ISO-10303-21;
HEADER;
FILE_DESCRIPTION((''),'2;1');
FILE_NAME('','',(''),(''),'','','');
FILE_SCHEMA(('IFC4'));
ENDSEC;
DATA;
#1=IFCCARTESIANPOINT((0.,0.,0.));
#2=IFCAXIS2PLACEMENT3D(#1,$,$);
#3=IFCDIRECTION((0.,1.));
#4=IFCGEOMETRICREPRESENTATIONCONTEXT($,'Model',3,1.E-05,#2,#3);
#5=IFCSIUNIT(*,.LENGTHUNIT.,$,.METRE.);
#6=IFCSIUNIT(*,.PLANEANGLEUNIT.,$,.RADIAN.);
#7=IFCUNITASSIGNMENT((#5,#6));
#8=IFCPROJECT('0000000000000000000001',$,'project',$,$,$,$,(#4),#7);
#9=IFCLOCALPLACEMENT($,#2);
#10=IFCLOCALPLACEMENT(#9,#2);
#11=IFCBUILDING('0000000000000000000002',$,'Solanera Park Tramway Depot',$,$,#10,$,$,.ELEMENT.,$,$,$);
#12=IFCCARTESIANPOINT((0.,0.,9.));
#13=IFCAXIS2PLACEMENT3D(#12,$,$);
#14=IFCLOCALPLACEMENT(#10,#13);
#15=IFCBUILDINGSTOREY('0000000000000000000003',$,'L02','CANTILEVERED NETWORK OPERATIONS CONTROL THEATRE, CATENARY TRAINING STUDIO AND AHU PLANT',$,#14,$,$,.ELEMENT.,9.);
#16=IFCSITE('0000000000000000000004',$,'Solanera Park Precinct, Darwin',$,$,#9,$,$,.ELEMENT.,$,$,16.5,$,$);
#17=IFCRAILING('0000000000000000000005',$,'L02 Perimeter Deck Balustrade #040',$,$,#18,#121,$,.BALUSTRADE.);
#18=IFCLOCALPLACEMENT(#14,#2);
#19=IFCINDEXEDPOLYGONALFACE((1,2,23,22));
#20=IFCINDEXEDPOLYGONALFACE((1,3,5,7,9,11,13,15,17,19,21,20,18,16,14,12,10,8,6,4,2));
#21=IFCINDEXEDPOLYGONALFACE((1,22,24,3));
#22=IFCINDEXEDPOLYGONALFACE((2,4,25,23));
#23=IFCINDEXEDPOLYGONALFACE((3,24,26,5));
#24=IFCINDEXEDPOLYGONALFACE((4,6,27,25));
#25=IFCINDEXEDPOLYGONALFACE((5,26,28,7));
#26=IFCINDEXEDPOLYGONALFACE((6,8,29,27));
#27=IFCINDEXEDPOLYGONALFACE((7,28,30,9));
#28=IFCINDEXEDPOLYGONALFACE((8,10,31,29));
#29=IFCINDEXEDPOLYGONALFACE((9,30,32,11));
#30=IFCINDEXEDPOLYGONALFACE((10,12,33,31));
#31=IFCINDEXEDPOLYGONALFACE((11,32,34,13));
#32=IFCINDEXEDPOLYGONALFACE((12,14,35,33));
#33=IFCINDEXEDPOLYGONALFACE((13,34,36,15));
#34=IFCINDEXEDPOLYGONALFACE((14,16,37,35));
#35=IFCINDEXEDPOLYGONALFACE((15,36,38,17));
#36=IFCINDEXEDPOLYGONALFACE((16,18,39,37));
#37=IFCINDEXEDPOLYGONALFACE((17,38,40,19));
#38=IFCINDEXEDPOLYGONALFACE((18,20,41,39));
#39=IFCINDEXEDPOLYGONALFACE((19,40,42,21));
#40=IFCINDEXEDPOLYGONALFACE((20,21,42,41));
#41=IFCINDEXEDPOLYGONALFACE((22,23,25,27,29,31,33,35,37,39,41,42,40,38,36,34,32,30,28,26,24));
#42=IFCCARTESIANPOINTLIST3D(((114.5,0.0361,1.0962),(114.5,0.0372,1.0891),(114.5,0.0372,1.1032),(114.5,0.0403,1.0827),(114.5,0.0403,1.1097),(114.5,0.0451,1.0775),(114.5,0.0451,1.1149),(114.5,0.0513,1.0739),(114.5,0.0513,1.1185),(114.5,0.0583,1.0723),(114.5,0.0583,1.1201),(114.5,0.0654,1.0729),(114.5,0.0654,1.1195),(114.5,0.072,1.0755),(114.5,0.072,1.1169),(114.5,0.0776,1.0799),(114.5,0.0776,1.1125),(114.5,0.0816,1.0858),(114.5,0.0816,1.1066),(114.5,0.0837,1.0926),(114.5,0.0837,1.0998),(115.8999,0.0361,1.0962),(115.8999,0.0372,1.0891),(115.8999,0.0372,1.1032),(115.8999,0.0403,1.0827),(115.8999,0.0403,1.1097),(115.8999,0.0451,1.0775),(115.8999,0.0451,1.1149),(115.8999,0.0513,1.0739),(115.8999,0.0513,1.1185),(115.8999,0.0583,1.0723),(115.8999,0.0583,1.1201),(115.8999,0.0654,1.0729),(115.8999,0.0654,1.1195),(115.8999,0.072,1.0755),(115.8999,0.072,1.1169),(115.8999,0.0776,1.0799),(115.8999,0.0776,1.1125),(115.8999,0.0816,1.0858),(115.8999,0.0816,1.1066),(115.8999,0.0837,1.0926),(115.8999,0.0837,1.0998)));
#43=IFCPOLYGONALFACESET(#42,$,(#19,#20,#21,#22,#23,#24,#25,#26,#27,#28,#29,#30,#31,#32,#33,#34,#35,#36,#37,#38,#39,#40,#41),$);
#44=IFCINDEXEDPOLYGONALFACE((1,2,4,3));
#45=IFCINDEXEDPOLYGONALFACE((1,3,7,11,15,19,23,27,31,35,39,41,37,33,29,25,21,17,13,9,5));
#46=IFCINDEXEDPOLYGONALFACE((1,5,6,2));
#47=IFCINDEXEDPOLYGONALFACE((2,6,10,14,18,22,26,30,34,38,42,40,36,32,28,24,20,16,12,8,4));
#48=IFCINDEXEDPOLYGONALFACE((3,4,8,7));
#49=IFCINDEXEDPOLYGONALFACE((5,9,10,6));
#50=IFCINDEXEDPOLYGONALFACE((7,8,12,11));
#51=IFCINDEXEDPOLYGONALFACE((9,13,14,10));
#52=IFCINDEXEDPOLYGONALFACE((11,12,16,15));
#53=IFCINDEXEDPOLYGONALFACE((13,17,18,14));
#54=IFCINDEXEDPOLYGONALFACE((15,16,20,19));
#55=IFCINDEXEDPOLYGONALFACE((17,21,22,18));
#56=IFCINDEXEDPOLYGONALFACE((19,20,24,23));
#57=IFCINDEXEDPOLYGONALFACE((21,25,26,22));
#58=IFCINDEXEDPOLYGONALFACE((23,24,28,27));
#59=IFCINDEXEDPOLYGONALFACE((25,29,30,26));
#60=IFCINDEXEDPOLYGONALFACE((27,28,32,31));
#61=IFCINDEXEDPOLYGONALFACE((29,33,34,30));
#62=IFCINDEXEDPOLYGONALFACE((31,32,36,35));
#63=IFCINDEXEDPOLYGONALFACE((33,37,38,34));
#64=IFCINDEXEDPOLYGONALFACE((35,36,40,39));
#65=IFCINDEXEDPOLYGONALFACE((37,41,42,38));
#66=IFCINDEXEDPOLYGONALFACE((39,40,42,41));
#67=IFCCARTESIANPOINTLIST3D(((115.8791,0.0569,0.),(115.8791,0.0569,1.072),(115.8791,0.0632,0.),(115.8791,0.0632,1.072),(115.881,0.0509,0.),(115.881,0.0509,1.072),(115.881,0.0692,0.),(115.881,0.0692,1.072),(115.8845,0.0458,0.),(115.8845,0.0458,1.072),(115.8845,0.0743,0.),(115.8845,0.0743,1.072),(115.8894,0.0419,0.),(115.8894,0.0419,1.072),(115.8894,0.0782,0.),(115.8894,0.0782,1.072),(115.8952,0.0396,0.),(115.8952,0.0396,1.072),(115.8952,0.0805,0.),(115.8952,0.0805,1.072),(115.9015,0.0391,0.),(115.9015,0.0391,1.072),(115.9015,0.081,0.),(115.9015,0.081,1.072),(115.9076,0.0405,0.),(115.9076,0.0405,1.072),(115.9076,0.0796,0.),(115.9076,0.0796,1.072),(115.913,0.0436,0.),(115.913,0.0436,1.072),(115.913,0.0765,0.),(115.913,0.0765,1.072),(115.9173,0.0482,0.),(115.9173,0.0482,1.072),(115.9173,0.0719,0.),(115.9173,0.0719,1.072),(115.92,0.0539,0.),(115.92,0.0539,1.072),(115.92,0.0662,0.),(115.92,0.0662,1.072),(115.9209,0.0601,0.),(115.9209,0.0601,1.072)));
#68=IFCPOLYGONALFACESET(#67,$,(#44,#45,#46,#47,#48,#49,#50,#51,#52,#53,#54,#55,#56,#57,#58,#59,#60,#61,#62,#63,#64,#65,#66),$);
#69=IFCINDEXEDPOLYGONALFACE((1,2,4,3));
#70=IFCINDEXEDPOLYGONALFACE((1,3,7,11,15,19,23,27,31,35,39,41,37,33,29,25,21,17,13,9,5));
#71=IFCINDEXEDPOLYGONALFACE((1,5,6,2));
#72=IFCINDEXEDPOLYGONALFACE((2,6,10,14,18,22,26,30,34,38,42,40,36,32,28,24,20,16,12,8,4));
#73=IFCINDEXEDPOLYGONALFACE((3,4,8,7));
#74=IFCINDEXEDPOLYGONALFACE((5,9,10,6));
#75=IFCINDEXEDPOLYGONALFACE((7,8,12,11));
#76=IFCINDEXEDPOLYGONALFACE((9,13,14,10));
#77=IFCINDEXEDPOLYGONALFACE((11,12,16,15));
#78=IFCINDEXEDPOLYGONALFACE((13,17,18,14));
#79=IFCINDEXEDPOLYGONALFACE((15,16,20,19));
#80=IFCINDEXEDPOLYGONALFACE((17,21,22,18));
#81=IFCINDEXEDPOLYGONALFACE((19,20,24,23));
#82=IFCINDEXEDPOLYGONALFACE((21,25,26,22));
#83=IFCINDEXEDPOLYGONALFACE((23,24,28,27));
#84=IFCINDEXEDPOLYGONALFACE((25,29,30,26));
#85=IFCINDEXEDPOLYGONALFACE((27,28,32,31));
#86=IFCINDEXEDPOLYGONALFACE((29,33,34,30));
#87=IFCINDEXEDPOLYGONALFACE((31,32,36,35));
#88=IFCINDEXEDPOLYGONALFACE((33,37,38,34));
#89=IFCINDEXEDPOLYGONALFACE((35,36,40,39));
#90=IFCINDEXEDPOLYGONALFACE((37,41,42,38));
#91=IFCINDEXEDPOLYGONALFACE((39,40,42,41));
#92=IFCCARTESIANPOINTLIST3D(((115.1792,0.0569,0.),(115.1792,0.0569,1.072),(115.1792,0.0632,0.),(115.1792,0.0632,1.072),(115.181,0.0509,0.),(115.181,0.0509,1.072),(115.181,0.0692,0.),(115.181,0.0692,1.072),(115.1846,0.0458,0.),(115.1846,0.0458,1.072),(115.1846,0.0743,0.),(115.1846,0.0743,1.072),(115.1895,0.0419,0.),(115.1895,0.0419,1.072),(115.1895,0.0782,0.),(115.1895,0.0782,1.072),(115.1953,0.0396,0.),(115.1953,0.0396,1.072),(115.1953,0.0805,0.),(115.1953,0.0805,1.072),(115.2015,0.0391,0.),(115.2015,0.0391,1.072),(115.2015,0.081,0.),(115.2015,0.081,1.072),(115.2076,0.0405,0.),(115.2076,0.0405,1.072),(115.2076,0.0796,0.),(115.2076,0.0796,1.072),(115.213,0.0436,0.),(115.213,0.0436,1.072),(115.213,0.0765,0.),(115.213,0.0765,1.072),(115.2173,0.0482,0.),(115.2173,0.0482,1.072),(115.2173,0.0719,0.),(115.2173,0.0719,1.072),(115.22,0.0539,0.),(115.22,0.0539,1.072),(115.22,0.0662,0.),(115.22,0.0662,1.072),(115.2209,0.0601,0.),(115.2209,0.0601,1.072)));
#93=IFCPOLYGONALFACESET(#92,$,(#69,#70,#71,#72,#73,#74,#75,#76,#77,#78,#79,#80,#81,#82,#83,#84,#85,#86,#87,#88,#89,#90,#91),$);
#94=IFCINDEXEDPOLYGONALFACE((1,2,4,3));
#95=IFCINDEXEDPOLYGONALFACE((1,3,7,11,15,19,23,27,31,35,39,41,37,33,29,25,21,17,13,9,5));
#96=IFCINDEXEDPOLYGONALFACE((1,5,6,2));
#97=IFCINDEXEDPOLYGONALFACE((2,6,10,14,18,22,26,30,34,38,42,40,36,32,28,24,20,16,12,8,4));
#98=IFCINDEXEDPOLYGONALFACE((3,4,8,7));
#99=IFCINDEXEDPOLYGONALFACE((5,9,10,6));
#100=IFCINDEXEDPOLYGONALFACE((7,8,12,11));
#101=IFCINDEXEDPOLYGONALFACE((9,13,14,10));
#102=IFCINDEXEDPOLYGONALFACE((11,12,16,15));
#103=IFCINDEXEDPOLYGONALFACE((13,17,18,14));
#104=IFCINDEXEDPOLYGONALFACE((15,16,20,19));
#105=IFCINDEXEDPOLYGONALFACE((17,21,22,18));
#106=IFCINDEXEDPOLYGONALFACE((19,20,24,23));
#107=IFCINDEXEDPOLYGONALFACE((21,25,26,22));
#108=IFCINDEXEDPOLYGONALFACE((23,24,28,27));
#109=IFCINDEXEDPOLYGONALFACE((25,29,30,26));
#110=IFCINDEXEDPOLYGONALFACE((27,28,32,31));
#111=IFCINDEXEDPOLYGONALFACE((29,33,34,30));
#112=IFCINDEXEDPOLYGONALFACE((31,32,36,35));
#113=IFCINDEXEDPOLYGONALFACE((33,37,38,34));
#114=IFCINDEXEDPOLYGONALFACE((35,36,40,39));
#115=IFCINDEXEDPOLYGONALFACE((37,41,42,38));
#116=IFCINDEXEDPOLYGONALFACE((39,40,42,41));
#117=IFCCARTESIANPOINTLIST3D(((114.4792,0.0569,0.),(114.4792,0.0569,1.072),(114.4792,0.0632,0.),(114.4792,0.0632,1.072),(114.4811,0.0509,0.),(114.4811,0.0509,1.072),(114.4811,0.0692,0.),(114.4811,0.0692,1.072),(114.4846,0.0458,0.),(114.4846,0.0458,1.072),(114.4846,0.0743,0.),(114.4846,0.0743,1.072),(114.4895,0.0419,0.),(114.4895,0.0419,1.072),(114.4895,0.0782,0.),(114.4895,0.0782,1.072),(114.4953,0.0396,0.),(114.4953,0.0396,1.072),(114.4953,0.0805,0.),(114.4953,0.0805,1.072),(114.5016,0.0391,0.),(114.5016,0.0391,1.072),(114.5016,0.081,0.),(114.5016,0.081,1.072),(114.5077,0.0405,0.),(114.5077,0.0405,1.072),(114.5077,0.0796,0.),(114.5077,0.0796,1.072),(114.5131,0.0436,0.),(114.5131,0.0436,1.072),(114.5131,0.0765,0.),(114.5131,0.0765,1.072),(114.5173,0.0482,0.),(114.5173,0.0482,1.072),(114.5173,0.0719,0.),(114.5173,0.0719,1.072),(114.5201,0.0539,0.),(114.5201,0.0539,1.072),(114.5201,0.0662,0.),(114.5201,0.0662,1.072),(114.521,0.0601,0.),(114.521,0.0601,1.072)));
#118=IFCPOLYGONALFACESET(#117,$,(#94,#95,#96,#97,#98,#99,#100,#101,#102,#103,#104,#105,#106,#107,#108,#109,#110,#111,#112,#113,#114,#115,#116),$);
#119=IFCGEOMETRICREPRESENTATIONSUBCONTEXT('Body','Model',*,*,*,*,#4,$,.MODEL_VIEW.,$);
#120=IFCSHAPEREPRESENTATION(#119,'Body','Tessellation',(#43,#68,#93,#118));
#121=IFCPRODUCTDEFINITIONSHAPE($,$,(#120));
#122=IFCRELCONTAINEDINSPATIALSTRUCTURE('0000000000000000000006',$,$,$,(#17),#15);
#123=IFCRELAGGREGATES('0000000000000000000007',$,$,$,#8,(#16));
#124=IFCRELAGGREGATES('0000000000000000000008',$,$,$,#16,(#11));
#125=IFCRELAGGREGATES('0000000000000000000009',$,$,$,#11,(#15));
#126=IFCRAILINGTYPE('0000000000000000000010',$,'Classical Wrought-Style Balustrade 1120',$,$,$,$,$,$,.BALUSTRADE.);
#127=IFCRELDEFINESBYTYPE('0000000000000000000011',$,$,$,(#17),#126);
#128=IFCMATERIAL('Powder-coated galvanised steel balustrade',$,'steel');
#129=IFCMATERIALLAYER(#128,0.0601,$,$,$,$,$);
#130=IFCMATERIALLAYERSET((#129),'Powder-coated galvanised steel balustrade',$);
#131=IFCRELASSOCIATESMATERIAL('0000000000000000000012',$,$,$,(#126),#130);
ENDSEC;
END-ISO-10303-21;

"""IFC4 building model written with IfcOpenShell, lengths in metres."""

from ifc_helpers import new_model, si_unit, direction, frame, origin, origin_2d, place, context, subcontext, project, spatial, circle, extrude, material, layer, layer_set, type_object, element, save


model = new_model("IFC4")

# Units and contexts
model_context = context("Model", 3, precision=1e-05, world=origin(), true_north=direction((0.0, 1.0)))
body_context = subcontext(model_context, "Body", "Model", "MODEL_VIEW")
ifc_project = project(units=[si_unit("LENGTHUNIT", "METRE"), si_unit("PLANEANGLEUNIT", "RADIAN")], contexts=[model_context])

# Site, building, storey
site_placement = place(None, origin())
site = spatial("IfcSite", under=ifc_project, at=site_placement, Name="Solanera Park Precinct, Darwin", CompositionType="ELEMENT", RefElevation=16.5)
building_placement = place(site_placement, origin())
building = spatial("IfcBuilding", under=site, at=building_placement, Name="Solanera Park Tramway Depot", CompositionType="ELEMENT")
storey_placement = place(building_placement, frame((0.0, 0.0, 9.0)))
storey = spatial("IfcBuildingStorey", under=building, at=storey_placement, Name="L02", Description="CANTILEVERED NETWORK OPERATIONS CONTROL THEATRE, CATENARY TRAINING STUDIO AND AHU PLANT", CompositionType="ELEMENT", Elevation=9.0)

# Railing
ifc_material_1 = material(Name="Powder-coated galvanised steel balustrade", Category="steel")
ifc_layer_1 = layer(ifc_material_1, 0.0601)
ifc_layer_set_1 = layer_set([ifc_layer_1], Name="Powder-coated galvanised steel balustrade")
railing_type = type_object("IfcRailingType", Name="Classical Wrought-Style Balustrade 1120", PredefinedType="BALUSTRADE", material=ifc_layer_set_1)
railing_placement = place(storey_placement, frame((115.8999, 0.0601, 0.0)))
element("IfcRailing", 1, at=railing_placement, inside=storey, type_object=railing_type, Name="L02 Perimeter Deck Balustrade #040", PredefinedType="BALUSTRADE", context=body_context, shape_type="SweptSolid", body=[
    extrude(circle(Radius=0.0239, at=origin_2d()), frame((0.0, 0.0, 1.0962), z_axis=(-1.0, 0.0, 0.0), x_axis=(0.0, -1.0, 0.0)), (0.0, 0.0, 1.0), 1.3999),
    extrude(circle(Radius=0.021, at=origin_2d()), origin(), (0.0, 0.0, 1.0), 1.072),
    extrude(circle(Radius=0.021, at=origin_2d()), frame((-0.7, 0.0, 0.0)), (0.0, 0.0, 1.0), 1.072),
    extrude(circle(Radius=0.021, at=origin_2d()), frame((-1.3999, 0.0, 0.0)), (0.0, 0.0, 1.0), 1.072),
])

save(model, "model.ifc")
